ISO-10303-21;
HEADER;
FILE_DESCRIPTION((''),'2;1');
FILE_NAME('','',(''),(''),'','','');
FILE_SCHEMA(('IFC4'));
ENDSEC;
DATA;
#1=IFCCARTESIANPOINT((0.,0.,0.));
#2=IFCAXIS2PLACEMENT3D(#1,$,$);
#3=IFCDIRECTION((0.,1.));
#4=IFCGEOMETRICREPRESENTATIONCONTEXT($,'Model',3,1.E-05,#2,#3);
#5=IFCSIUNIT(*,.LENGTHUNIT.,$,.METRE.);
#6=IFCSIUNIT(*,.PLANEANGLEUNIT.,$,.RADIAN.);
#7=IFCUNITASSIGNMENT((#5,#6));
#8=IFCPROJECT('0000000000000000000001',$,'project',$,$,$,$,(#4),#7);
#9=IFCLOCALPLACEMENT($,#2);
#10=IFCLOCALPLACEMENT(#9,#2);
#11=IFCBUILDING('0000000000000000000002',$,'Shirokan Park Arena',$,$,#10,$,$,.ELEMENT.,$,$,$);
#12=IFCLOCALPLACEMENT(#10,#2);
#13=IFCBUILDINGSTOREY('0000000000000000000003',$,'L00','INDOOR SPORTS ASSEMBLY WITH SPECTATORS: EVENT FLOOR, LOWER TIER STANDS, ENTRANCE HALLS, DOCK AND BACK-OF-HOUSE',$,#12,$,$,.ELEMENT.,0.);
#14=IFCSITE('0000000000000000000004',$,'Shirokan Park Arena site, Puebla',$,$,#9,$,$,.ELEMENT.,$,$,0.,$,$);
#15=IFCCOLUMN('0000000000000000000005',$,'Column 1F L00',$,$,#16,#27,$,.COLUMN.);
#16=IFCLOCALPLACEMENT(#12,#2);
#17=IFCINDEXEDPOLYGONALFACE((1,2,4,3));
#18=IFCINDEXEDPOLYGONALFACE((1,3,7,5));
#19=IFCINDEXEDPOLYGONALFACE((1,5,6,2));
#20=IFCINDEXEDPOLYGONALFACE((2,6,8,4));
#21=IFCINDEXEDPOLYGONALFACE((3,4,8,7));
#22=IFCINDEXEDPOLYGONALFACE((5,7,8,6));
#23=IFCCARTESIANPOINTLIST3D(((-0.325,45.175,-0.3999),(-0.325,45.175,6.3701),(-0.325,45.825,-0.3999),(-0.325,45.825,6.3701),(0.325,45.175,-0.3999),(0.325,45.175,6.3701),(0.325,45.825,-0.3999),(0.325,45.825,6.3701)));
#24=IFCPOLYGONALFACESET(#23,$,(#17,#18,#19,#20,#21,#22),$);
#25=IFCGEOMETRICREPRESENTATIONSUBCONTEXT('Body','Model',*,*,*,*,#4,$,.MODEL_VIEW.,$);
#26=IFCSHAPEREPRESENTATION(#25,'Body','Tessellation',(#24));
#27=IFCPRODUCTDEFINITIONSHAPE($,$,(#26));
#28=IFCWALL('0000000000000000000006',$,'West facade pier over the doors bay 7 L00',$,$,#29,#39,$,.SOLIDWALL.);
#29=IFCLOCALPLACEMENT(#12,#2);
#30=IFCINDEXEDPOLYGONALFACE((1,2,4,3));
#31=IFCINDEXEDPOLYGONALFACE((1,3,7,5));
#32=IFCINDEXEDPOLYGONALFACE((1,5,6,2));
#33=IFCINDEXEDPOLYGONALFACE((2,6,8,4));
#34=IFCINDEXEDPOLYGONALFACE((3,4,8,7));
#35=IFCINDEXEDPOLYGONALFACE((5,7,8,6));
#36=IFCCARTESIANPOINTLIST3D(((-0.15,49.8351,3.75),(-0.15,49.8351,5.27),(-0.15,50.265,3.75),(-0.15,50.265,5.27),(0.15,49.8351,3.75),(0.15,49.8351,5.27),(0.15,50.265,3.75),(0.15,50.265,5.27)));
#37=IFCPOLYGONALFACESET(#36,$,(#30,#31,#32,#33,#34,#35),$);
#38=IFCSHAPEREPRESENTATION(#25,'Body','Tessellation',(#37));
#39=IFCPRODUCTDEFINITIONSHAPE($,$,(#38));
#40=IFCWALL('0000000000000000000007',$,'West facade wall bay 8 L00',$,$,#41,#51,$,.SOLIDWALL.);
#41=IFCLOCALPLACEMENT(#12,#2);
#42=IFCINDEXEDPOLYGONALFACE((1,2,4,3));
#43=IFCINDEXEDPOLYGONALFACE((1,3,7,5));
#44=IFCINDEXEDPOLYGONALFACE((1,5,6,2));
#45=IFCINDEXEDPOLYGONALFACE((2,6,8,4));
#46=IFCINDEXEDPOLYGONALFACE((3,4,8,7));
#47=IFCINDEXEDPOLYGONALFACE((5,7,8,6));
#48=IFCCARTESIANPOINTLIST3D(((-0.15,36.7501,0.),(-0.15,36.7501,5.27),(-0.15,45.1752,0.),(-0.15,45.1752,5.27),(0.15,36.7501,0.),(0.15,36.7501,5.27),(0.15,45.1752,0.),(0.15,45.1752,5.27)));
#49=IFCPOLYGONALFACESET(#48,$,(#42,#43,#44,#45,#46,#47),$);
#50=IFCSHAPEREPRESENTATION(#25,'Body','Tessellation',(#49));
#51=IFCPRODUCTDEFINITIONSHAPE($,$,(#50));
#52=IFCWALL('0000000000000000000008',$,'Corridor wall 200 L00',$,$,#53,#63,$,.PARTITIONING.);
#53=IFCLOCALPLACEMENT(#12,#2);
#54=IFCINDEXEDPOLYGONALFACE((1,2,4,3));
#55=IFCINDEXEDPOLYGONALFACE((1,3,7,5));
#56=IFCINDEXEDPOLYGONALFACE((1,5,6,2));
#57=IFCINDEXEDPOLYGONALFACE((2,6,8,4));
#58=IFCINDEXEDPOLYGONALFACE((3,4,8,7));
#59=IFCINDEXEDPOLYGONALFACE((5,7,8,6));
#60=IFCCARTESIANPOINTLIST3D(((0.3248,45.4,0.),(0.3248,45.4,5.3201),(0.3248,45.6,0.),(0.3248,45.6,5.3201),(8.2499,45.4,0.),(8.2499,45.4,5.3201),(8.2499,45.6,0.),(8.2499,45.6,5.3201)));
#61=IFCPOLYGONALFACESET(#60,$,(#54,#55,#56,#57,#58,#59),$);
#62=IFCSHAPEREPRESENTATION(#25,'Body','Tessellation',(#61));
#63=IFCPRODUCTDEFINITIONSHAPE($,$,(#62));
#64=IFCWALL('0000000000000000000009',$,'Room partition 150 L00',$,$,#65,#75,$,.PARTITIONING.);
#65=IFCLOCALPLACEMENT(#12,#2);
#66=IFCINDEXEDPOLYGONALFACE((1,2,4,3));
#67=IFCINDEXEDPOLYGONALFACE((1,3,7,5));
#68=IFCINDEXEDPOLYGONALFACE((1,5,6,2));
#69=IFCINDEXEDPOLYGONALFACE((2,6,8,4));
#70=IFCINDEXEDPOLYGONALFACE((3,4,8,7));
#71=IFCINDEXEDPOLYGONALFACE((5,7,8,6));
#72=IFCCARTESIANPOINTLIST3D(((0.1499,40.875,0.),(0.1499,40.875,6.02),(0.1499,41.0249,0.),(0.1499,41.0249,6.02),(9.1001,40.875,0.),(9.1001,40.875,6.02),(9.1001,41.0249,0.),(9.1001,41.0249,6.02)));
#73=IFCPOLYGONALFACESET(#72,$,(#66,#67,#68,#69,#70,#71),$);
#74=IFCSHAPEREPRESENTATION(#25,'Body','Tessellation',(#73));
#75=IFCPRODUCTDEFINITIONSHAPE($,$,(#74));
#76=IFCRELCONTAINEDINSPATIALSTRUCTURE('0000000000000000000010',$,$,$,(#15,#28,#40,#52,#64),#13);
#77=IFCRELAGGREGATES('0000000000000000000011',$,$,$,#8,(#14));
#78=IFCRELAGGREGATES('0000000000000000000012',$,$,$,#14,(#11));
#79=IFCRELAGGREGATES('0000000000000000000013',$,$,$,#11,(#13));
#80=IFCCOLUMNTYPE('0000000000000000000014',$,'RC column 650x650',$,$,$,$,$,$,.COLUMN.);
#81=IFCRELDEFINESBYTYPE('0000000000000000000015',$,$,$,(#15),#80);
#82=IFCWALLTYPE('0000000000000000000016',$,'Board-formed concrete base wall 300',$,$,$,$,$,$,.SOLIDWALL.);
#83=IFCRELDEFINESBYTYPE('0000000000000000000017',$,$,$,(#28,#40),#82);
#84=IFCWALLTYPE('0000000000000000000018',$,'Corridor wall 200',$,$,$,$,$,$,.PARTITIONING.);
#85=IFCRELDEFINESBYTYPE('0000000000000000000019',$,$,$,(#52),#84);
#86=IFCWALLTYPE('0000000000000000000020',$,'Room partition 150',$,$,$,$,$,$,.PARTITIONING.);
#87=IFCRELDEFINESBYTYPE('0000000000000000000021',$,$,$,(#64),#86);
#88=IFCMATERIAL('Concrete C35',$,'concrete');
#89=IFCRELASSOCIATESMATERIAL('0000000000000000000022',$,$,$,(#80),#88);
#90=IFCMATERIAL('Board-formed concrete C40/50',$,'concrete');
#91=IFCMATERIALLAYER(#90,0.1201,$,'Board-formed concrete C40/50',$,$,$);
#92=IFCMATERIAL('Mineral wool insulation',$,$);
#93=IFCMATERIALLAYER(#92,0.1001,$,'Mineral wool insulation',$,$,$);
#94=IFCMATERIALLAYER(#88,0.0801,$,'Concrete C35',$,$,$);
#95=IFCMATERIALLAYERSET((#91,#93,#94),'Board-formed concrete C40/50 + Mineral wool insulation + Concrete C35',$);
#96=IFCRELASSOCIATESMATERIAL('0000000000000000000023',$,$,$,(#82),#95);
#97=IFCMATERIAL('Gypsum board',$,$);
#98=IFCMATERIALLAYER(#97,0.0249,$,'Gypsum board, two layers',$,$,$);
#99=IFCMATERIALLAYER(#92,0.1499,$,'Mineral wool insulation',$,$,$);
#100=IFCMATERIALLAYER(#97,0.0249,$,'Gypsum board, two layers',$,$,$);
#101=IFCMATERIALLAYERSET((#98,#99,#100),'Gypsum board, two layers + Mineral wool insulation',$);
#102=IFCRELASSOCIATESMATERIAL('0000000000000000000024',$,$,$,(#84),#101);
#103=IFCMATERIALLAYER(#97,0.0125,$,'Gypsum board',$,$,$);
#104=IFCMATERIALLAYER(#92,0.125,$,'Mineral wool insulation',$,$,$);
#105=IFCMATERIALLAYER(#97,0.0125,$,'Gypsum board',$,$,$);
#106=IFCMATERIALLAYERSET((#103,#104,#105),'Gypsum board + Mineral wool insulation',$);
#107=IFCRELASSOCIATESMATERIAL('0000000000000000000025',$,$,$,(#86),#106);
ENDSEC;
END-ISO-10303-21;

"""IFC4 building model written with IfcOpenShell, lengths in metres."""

from ifc_helpers import new_model, si_unit, direction, frame, frame_2d, origin, origin_2d, place, context, subcontext, project, spatial, rectangle, extrude, material, layer, layer_set, material_profile, profile_set, type_object, element, save


model = new_model("IFC4")

# Units and contexts
model_context = context("Model", 3, precision=1e-05, world=origin(), true_north=direction((0.0, 1.0)))
body_context = subcontext(model_context, "Body", "Model", "MODEL_VIEW")
ifc_project = project(units=[si_unit("LENGTHUNIT", "METRE"), si_unit("PLANEANGLEUNIT", "RADIAN")], contexts=[model_context])

# Site, building, storey
site_placement = place(None, origin())
site = spatial("IfcSite", under=ifc_project, at=site_placement, Name="Shirokan Park Arena site, Puebla", CompositionType="ELEMENT", RefElevation=0.0)
building_placement = place(site_placement, origin())
building = spatial("IfcBuilding", under=site, at=building_placement, Name="Shirokan Park Arena", CompositionType="ELEMENT")
storey_placement = place(building_placement, origin())
storey = spatial("IfcBuildingStorey", under=building, at=storey_placement, Name="L00", Description="INDOOR SPORTS ASSEMBLY WITH SPECTATORS: EVENT FLOOR, LOWER TIER STANDS, ENTRANCE HALLS, DOCK AND BACK-OF-HOUSE", CompositionType="ELEMENT", Elevation=0.0)

# Column
ifc_material_1 = material(Name="Concrete C35", Category="concrete")
ifc_material_profile_1 = material_profile(ifc_material_1, rectangle(XDim=0.6499, YDim=0.6499, at=origin_2d()), Name="650x650")
ifc_profile_set_1 = profile_set([ifc_material_profile_1], Name="Concrete C35")
column_type = type_object("IfcColumnType", Name="RC column 650x650", PredefinedType="COLUMN", material=ifc_profile_set_1)
column_placement = place(storey_placement, frame((0.0, 45.5, -0.3999), z_axis=(0.0, 0.0, 1.0), x_axis=(1.0, 0.0, 0.0)))
element("IfcColumn", 1, at=column_placement, inside=storey, type_object=column_type, Name="Column 1F L00", PredefinedType="COLUMN", context=body_context, shape_type="SweptSolid", body=[
    extrude(rectangle(XDim=0.6499, YDim=0.6499, at=origin_2d()), origin(), (0.0, 0.0, 1.0), 6.77),
])

# Walls
ifc_material_2 = material(Name="Board-formed concrete C40/50", Category="concrete")
ifc_layer_1 = layer(ifc_material_2, 0.1201, Name="Board-formed concrete C40/50")
ifc_material_3 = material(Name="Mineral wool insulation")
ifc_layer_2 = layer(ifc_material_3, 0.1001, Name="Mineral wool insulation")
ifc_layer_3 = layer(ifc_material_1, 0.0801, Name="Concrete C35")
ifc_layer_set_1 = layer_set([ifc_layer_1, ifc_layer_2, ifc_layer_3], Name="Board-formed concrete C40/50 + Mineral wool insulation + Concrete C35")
wall_type_1 = type_object("IfcWallType", Name="Board-formed concrete base wall 300", PredefinedType="SOLIDWALL", material=ifc_layer_set_1)
wall_1_placement = place(storey_placement, frame((0.0, 50.2649, 3.75), z_axis=(0.0, 0.0, 1.0), x_axis=(0.0, -1.0, 0.0)))
element("IfcWall", 2, at=wall_1_placement, inside=storey, type_object=wall_type_1, Name="West facade pier over the doors bay 7 L00", PredefinedType="SOLIDWALL", context=body_context, shape_type="SweptSolid", body=[
    extrude(rectangle(XDim=0.4299, YDim=0.3, at=frame_2d((0.2148, 0.0))), origin(), (0.0, 0.0, 1.0), 1.52),
])
wall_2_placement = place(storey_placement, frame((0.0, 45.175, 0.0), z_axis=(0.0, 0.0, 1.0), x_axis=(0.0, -1.0, 0.0)))
element("IfcWall", 3, at=wall_2_placement, inside=storey, type_object=wall_type_1, Name="West facade wall bay 8 L00", PredefinedType="SOLIDWALL", context=body_context, shape_type="SweptSolid", body=[
    extrude(rectangle(XDim=8.425, YDim=0.3, at=frame_2d((4.2124, 0.0))), origin(), (0.0, 0.0, 1.0), 5.27),
])
ifc_material_4 = material(Name="Gypsum board")
ifc_layer_4 = layer(ifc_material_4, 0.0249, Name="Gypsum board, two layers")
ifc_layer_5 = layer(ifc_material_3, 0.1499, Name="Mineral wool insulation")
ifc_layer_6 = layer(ifc_material_4, 0.0249, Name="Gypsum board, two layers")
ifc_layer_set_2 = layer_set([ifc_layer_4, ifc_layer_5, ifc_layer_6], Name="Gypsum board, two layers + Mineral wool insulation")
wall_type_2 = type_object("IfcWallType", Name="Corridor wall 200", PredefinedType="PARTITIONING", material=ifc_layer_set_2)
wall_3_placement = place(storey_placement, frame((0.325, 45.5, 0.0), z_axis=(0.0, 0.0, 1.0), x_axis=(1.0, 0.0, 0.0)))
element("IfcWall", 4, at=wall_3_placement, inside=storey, type_object=wall_type_2, Name="Corridor wall 200 L00", PredefinedType="PARTITIONING", context=body_context, shape_type="SweptSolid", body=[
    extrude(rectangle(XDim=7.925, YDim=0.2, at=frame_2d((3.9624, 0.0))), origin(), (0.0, 0.0, 1.0), 5.3201),
])

# Wall
ifc_layer_7 = layer(ifc_material_4, 0.0125, Name="Gypsum board")
ifc_layer_8 = layer(ifc_material_3, 0.125, Name="Mineral wool insulation")
ifc_layer_9 = layer(ifc_material_4, 0.0125, Name="Gypsum board")
ifc_layer_set_3 = layer_set([ifc_layer_7, ifc_layer_8, ifc_layer_9], Name="Gypsum board + Mineral wool insulation")
wall_type_3 = type_object("IfcWallType", Name="Room partition 150", PredefinedType="PARTITIONING", material=ifc_layer_set_3)
wall_4_placement = place(storey_placement, frame((0.1499, 40.95, 0.0), z_axis=(0.0, 0.0, 1.0), x_axis=(1.0, 0.0, 0.0)))
element("IfcWall", 5, at=wall_4_placement, inside=storey, type_object=wall_type_3, Name="Room partition 150 L00", PredefinedType="PARTITIONING", context=body_context, shape_type="SweptSolid", body=[
    extrude(rectangle(XDim=8.9502, YDim=0.1499, at=frame_2d((4.4751, 0.0))), origin(), (0.0, 0.0, 1.0), 6.02),
])

save(model, "model.ifc")
